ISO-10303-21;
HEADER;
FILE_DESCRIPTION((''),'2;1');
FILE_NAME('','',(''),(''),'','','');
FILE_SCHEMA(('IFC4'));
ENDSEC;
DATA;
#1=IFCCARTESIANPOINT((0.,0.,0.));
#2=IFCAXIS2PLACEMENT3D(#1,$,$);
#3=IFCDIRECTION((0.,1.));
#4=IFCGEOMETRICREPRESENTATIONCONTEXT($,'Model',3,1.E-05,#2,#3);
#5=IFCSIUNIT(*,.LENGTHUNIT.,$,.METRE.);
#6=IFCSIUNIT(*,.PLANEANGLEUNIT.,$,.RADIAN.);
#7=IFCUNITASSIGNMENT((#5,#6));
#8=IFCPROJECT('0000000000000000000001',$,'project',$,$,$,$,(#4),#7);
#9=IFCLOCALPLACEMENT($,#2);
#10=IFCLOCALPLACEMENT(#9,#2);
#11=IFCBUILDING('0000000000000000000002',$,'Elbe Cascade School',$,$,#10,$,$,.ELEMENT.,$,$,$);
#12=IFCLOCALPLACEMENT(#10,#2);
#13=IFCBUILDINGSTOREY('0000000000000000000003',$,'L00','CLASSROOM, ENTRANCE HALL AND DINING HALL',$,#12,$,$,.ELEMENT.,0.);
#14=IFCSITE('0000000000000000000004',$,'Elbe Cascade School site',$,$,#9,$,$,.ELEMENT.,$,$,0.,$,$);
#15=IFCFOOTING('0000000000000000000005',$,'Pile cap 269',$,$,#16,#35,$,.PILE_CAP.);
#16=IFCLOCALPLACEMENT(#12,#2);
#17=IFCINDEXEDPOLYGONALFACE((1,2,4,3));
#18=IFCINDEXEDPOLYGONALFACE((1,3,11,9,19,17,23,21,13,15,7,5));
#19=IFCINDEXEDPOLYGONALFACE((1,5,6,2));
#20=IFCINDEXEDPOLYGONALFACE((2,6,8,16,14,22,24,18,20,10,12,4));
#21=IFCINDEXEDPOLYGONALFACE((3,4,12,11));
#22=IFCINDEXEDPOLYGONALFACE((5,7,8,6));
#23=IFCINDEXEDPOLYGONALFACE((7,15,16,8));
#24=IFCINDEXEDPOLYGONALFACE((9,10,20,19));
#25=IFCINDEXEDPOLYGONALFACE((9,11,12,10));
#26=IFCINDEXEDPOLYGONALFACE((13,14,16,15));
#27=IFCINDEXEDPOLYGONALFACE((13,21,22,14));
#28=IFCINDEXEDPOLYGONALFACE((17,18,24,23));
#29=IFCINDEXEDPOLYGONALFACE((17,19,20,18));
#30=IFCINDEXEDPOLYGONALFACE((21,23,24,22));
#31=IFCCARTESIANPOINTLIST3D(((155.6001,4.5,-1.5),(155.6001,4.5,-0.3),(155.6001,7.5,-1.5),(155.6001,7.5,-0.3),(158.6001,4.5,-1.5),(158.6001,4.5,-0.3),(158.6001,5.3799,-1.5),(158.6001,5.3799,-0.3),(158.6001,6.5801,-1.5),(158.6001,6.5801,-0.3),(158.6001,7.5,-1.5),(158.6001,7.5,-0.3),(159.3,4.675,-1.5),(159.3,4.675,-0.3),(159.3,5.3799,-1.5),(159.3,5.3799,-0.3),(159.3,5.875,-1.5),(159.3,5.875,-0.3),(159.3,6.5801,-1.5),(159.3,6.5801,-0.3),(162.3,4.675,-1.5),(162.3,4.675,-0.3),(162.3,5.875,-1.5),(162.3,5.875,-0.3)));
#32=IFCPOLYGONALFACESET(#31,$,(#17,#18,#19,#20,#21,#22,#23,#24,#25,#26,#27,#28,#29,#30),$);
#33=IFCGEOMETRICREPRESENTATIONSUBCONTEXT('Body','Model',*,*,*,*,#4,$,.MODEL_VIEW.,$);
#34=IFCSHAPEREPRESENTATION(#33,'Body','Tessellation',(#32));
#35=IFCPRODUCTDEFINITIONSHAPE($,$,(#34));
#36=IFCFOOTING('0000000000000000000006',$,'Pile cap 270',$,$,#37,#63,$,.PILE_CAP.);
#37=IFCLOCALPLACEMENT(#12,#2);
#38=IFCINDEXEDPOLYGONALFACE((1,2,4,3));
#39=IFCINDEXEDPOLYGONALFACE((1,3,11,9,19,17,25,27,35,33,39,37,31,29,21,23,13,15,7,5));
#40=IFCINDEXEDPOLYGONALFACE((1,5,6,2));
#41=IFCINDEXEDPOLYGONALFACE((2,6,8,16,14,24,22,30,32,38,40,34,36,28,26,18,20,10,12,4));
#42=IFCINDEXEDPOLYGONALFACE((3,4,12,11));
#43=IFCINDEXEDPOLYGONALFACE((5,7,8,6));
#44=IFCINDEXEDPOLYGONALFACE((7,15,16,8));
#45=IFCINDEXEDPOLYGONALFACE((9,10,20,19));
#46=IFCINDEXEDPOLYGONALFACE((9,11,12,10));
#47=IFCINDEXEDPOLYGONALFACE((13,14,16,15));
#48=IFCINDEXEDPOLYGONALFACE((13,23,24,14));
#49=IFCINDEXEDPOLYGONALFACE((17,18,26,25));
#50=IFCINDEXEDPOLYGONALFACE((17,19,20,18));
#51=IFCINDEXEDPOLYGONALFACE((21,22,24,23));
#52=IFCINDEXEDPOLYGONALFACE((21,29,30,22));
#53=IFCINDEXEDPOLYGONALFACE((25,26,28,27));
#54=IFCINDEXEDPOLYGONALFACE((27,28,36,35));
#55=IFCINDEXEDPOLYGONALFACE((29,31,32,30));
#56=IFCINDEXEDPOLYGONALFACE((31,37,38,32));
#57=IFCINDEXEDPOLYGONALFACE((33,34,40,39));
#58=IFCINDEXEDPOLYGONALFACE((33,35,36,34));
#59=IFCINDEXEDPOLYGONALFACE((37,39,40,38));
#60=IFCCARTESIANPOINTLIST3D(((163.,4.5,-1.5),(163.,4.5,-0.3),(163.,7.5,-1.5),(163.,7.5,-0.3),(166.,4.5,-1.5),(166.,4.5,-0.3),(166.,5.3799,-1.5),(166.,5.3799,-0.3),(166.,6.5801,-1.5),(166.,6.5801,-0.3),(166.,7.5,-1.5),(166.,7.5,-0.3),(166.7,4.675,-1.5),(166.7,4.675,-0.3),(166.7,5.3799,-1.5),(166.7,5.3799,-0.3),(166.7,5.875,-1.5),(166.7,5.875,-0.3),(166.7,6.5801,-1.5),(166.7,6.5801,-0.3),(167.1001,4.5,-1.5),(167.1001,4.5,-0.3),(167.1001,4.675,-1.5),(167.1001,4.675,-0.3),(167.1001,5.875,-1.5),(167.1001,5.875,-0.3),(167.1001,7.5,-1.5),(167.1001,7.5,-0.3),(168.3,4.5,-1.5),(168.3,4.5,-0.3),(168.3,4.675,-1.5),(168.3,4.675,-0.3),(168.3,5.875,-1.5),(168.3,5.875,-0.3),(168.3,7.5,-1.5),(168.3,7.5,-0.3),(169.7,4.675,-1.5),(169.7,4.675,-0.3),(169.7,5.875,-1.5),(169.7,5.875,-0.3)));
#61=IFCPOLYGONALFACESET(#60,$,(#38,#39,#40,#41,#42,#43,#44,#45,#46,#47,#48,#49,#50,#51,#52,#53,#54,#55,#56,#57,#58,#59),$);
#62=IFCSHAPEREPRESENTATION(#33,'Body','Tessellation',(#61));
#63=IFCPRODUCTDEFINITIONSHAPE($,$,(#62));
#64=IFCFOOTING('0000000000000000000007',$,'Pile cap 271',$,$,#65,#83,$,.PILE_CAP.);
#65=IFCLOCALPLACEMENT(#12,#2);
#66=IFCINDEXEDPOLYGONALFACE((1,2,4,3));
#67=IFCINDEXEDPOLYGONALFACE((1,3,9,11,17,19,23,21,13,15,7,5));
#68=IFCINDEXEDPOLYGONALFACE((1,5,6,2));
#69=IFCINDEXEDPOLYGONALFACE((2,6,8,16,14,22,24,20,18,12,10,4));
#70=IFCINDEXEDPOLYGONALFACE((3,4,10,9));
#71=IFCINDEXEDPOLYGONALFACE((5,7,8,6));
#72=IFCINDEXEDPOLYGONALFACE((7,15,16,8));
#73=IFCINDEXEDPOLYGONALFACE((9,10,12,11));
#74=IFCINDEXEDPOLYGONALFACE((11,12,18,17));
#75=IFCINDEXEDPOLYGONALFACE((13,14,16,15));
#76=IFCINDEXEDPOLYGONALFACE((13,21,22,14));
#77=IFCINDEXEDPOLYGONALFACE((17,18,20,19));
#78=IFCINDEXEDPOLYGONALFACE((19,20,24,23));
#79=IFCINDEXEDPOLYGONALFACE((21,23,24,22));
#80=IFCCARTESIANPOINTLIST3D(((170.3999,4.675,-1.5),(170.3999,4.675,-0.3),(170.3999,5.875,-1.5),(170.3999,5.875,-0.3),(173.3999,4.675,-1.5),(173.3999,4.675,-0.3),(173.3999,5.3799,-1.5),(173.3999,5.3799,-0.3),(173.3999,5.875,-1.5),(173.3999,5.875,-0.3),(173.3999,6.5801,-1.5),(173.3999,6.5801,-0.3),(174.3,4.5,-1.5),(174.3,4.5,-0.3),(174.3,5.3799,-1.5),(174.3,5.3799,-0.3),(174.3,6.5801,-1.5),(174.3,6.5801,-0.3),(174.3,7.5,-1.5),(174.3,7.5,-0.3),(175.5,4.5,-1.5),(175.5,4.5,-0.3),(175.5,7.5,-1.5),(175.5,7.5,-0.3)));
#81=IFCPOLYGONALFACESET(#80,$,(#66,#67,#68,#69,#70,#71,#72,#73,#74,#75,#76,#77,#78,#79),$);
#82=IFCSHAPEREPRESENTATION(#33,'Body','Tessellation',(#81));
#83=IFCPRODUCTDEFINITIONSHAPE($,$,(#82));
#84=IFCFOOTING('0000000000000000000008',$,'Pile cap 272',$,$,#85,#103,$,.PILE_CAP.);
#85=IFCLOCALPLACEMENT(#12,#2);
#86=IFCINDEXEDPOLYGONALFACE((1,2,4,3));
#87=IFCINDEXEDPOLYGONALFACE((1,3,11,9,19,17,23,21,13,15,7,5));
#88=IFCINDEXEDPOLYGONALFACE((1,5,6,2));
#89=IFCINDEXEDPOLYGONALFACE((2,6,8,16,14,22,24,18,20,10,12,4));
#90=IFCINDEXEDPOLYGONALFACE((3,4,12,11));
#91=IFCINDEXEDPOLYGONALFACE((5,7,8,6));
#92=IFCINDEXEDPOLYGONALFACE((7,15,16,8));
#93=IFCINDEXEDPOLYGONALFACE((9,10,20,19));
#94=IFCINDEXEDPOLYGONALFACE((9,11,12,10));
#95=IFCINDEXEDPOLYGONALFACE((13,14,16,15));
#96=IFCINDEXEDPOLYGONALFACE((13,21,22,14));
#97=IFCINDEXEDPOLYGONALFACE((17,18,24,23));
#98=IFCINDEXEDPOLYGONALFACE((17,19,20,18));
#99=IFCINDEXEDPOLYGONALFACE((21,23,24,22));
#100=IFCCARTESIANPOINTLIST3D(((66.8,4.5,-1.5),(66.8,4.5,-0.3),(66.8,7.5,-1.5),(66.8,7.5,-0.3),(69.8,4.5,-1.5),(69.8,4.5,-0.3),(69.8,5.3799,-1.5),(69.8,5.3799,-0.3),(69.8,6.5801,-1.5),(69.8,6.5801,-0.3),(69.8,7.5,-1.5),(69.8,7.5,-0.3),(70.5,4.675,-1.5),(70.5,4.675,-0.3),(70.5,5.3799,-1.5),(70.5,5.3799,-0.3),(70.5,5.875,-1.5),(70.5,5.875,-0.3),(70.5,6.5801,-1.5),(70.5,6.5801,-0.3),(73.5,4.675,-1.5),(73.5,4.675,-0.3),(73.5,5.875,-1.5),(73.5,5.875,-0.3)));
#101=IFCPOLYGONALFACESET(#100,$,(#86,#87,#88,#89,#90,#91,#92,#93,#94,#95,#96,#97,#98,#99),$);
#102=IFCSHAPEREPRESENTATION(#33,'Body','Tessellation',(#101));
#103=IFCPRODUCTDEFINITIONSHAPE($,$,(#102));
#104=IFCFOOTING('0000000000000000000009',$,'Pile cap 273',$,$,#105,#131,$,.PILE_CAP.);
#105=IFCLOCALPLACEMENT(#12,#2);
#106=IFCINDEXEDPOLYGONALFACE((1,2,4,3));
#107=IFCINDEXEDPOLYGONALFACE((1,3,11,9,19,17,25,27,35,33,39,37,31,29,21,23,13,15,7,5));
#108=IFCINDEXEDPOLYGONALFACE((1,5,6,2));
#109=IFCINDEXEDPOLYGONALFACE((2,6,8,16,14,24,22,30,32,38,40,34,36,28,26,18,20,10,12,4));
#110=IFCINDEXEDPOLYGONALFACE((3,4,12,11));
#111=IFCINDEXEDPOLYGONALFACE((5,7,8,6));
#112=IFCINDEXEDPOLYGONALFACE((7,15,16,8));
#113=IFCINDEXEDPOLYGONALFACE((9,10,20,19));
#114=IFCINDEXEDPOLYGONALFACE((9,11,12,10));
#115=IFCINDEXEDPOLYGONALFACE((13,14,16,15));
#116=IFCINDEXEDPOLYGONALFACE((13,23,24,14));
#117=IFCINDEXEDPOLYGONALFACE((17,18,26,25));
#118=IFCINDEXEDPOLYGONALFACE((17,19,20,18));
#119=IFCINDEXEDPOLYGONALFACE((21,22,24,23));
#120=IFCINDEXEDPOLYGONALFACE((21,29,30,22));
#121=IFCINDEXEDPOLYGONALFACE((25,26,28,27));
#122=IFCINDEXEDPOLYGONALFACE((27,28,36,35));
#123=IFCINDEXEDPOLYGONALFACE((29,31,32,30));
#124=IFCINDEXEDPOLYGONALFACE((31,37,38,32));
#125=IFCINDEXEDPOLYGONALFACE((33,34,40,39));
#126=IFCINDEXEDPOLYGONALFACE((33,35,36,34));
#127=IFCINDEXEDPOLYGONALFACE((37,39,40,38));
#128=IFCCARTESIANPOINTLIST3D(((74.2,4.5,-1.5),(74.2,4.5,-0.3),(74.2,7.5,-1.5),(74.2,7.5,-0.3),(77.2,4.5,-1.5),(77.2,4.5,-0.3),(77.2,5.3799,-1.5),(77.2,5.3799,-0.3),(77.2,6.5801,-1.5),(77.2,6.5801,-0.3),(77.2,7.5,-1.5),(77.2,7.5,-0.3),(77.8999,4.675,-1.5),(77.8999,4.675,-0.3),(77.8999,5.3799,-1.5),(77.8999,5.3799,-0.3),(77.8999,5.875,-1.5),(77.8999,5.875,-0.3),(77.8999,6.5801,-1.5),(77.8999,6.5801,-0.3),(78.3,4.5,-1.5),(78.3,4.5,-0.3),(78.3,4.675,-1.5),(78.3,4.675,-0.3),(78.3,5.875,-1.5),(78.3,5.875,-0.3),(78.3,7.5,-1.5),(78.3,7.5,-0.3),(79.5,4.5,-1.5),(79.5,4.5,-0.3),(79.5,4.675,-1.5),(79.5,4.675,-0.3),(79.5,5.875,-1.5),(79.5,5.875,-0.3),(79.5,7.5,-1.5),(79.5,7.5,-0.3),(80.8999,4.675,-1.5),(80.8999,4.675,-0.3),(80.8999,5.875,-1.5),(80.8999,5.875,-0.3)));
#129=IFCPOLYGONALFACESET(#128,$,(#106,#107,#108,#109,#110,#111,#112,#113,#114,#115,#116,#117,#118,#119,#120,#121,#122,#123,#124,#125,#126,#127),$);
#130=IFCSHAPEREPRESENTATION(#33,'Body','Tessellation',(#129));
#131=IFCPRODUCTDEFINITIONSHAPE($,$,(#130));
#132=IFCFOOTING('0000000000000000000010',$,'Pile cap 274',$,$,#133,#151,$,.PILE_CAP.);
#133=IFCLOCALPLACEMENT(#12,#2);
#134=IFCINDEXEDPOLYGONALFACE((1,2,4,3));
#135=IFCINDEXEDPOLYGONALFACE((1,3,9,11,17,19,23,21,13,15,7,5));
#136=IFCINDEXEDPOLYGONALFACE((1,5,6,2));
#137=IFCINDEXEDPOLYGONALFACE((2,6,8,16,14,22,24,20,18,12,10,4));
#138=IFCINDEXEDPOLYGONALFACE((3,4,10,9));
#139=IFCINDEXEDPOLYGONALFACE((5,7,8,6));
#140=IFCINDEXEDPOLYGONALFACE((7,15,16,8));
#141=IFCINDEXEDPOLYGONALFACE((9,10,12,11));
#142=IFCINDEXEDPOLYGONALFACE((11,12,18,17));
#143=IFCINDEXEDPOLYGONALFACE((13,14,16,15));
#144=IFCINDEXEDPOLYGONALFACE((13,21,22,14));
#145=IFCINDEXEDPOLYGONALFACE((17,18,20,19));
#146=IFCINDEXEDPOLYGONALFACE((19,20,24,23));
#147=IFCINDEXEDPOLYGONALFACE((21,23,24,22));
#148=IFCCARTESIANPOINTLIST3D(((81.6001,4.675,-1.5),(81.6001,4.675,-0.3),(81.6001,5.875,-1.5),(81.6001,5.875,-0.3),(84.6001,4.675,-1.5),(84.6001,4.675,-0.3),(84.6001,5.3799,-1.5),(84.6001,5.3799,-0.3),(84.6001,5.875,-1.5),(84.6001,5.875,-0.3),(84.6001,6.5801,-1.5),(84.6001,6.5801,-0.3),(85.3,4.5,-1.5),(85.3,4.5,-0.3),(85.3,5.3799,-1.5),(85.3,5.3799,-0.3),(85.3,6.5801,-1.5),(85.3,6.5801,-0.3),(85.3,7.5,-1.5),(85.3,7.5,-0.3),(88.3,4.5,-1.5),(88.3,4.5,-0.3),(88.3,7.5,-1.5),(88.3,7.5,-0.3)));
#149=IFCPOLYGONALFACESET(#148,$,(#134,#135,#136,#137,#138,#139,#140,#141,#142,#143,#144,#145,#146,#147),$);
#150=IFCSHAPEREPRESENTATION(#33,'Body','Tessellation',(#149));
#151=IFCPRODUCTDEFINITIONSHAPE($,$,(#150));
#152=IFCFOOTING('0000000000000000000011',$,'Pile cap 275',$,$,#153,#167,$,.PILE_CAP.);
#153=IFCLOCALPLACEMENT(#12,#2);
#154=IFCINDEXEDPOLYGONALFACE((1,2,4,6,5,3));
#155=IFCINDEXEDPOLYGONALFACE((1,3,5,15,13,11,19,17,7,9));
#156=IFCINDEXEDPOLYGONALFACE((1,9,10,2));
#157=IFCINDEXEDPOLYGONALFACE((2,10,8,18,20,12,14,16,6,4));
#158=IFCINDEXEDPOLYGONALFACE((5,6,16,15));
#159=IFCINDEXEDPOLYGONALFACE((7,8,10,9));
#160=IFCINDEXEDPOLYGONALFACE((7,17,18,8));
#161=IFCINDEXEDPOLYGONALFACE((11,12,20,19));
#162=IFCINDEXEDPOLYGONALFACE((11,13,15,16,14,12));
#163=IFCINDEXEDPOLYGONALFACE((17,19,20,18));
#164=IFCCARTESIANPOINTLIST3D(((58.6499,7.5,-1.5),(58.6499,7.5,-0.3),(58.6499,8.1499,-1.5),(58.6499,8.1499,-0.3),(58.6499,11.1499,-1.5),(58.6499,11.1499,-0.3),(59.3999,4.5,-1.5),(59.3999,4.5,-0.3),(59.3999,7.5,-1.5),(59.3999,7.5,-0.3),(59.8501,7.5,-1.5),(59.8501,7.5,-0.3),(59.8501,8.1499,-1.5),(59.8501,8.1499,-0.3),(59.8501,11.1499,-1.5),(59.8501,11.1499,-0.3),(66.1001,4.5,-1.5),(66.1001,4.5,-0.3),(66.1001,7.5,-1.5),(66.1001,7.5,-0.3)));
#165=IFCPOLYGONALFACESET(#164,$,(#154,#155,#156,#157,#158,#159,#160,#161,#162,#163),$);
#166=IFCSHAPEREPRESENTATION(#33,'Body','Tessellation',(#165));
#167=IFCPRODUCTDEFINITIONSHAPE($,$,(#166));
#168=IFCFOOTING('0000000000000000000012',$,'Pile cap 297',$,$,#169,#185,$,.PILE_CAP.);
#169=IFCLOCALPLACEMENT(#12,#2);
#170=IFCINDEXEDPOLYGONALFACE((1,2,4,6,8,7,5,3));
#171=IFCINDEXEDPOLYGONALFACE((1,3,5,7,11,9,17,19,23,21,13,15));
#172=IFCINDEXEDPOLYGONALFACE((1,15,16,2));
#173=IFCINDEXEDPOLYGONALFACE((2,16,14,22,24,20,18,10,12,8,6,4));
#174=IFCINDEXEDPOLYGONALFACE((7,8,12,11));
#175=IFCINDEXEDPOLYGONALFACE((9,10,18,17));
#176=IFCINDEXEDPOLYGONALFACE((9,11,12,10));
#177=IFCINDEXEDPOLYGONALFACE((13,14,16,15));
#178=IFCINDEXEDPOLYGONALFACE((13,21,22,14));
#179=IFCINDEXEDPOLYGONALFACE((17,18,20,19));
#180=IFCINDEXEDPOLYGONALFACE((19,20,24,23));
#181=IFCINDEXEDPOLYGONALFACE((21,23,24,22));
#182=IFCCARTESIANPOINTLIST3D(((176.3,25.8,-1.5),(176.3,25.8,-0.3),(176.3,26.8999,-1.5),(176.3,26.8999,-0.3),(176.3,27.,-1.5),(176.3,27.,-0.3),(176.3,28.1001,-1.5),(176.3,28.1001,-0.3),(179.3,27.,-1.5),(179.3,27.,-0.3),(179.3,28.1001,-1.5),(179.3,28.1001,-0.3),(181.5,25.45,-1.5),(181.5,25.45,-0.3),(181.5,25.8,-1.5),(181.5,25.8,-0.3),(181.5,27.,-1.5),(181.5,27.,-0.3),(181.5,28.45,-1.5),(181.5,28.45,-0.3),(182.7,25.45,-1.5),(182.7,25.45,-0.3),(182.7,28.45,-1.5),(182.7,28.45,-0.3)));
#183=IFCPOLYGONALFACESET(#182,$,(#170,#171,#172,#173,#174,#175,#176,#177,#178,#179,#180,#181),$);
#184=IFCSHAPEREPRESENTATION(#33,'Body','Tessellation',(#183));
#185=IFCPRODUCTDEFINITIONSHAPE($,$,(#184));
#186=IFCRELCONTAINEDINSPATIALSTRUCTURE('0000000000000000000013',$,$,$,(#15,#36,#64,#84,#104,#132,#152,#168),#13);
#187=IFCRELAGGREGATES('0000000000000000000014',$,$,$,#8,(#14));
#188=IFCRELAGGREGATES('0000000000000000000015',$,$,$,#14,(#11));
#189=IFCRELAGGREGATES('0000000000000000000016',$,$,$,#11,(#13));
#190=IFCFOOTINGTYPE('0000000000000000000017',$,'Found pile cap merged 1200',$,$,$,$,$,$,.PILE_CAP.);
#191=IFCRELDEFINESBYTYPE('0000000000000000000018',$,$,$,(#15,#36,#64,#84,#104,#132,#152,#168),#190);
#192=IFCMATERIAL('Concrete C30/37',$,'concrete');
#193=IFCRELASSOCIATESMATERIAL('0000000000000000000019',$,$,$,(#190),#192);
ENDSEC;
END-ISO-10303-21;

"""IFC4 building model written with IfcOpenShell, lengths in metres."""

from ifc_helpers import new_model, si_unit, direction, frame, origin, place, context, subcontext, project, spatial, polyline, outline, extrude, material, type_object, element, save


model = new_model("IFC4")

# Units and contexts
model_context = context("Model", 3, precision=1e-05, world=origin(), true_north=direction((0.0, 1.0)))
body_context = subcontext(model_context, "Body", "Model", "MODEL_VIEW")
ifc_project = project(units=[si_unit("LENGTHUNIT", "METRE"), si_unit("PLANEANGLEUNIT", "RADIAN")], contexts=[model_context])

# Site, building, storey
site_placement = place(None, origin())
site = spatial("IfcSite", under=ifc_project, at=site_placement, Name="Elbe Cascade School site", CompositionType="ELEMENT", RefElevation=0.0)
building_placement = place(site_placement, origin())
building = spatial("IfcBuilding", under=site, at=building_placement, Name="Elbe Cascade School", CompositionType="ELEMENT")
storey_placement = place(building_placement, origin())
storey = spatial("IfcBuildingStorey", under=building, at=storey_placement, Name="L00", Description="CLASSROOM, ENTRANCE HALL AND DINING HALL", CompositionType="ELEMENT", Elevation=0.0)

# Footings
ifc_material_1 = material(Name="Concrete C30/37", Category="concrete")
footing_type_1 = type_object("IfcFootingType", Name="Found pile cap merged 1200", PredefinedType="PILE_CAP", material=ifc_material_1)
footing_1_placement = place(storey_placement, frame((0.0, 0.0, -1.5)))
element("IfcFooting", 1, at=footing_1_placement, inside=storey, type_object=footing_type_1, Name="Pile cap 269", PredefinedType="PILE_CAP", context=body_context, shape_type="SweptSolid", body=[
    extrude(outline(polyline([(162.3, 5.875), (162.3, 4.675), (159.3, 4.675), (159.3, 5.3799), (158.6001, 5.3799), (158.6001, 4.5), (155.6001, 4.5), (155.6001, 7.5), (158.6001, 7.5), (158.6001, 6.5801), (159.3, 6.5801), (159.3, 5.875), (162.3, 5.875)])), origin(), (0.0, 0.0, 1.0), 1.2),
])
footing_2_placement = place(storey_placement, frame((0.0, 0.0, -1.5)))
element("IfcFooting", 2, at=footing_2_placement, inside=storey, type_object=footing_type_1, Name="Pile cap 270", PredefinedType="PILE_CAP", context=body_context, shape_type="SweptSolid", body=[
    extrude(outline(polyline([(166.7, 5.875), (167.1001, 5.875), (167.1001, 7.5), (168.3, 7.5), (168.3, 5.875), (169.7, 5.875), (169.7, 4.675), (168.3, 4.675), (168.3, 4.5), (167.1001, 4.5), (167.1001, 4.675), (166.7, 4.675), (166.7, 5.3799), (166.0, 5.3799), (166.0, 4.5), (163.0, 4.5), (163.0, 7.5), (166.0, 7.5), (166.0, 6.5801), (166.7, 6.5801), (166.7, 5.875)])), origin(), (0.0, 0.0, 1.0), 1.2),
])
footing_3_placement = place(storey_placement, frame((0.0, 0.0, -1.5)))
element("IfcFooting", 3, at=footing_3_placement, inside=storey, type_object=footing_type_1, Name="Pile cap 271", PredefinedType="PILE_CAP", context=body_context, shape_type="SweptSolid", body=[
    extrude(outline(polyline([(173.3999, 4.675), (170.3999, 4.675), (170.3999, 5.875), (173.3999, 5.875), (173.3999, 6.5801), (174.3, 6.5801), (174.3, 7.5), (175.5, 7.5), (175.5, 4.5), (174.3, 4.5), (174.3, 5.3799), (173.3999, 5.3799), (173.3999, 4.675)])), origin(), (0.0, 0.0, 1.0), 1.2),
])
footing_4_placement = place(storey_placement, frame((0.0, 0.0, -1.5)))
element("IfcFooting", 4, at=footing_4_placement, inside=storey, type_object=footing_type_1, Name="Pile cap 272", PredefinedType="PILE_CAP", context=body_context, shape_type="SweptSolid", body=[
    extrude(outline(polyline([(73.5, 5.875), (73.5, 4.675), (70.5, 4.675), (70.5, 5.3799), (69.8, 5.3799), (69.8, 4.5), (66.8, 4.5), (66.8, 7.5), (69.8, 7.5), (69.8, 6.5801), (70.5, 6.5801), (70.5, 5.875), (73.5, 5.875)])), origin(), (0.0, 0.0, 1.0), 1.2),
])
footing_5_placement = place(storey_placement, frame((0.0, 0.0, -1.5)))
element("IfcFooting", 5, at=footing_5_placement, inside=storey, type_object=footing_type_1, Name="Pile cap 273", PredefinedType="PILE_CAP", context=body_context, shape_type="SweptSolid", body=[
    extrude(outline(polyline([(77.8999, 5.875), (78.3, 5.875), (78.3, 7.5), (79.5, 7.5), (79.5, 5.875), (80.8999, 5.875), (80.8999, 4.675), (79.5, 4.675), (79.5, 4.5), (78.3, 4.5), (78.3, 4.675), (77.8999, 4.675), (77.8999, 5.3799), (77.2, 5.3799), (77.2, 4.5), (74.2, 4.5), (74.2, 7.5), (77.2, 7.5), (77.2, 6.5801), (77.8999, 6.5801), (77.8999, 5.875)])), origin(), (0.0, 0.0, 1.0), 1.2),
])
footing_6_placement = place(storey_placement, frame((0.0, 0.0, -1.5)))
element("IfcFooting", 6, at=footing_6_placement, inside=storey, type_object=footing_type_1, Name="Pile cap 274", PredefinedType="PILE_CAP", context=body_context, shape_type="SweptSolid", body=[
    extrude(outline(polyline([(84.6001, 4.675), (81.6001, 4.675), (81.6001, 5.875), (84.6001, 5.875), (84.6001, 6.5801), (85.3, 6.5801), (85.3, 7.5), (88.3, 7.5), (88.3, 4.5), (85.3, 4.5), (85.3, 5.3799), (84.6001, 5.3799), (84.6001, 4.675)])), origin(), (0.0, 0.0, 1.0), 1.2),
])
footing_7_placement = place(storey_placement, frame((0.0, 0.0, -1.5)))
element("IfcFooting", 7, at=footing_7_placement, inside=storey, type_object=footing_type_1, Name="Pile cap 275", PredefinedType="PILE_CAP", context=body_context, shape_type="SweptSolid", body=[
    extrude(outline(polyline([(66.1001, 7.5), (66.1001, 4.5), (59.3999, 4.5), (59.3999, 7.5), (58.6499, 7.5), (58.6499, 8.1499), (58.6499, 11.1499), (59.8501, 11.1499), (59.8501, 8.1499), (59.8501, 7.5), (66.1001, 7.5)])), origin(), (0.0, 0.0, 1.0), 1.2),
])
footing_8_placement = place(storey_placement, frame((0.0, 0.0, -1.5)))
element("IfcFooting", 8, at=footing_8_placement, inside=storey, type_object=footing_type_1, Name="Pile cap 297", PredefinedType="PILE_CAP", context=body_context, shape_type="SweptSolid", body=[
    extrude(outline(polyline([(176.3, 25.8), (176.3, 26.8999), (176.3, 27.0), (176.3, 28.1001), (179.3, 28.1001), (179.3, 27.0), (181.5, 27.0), (181.5, 28.45), (182.7, 28.45), (182.7, 25.45), (181.5, 25.45), (181.5, 25.8), (176.3, 25.8)])), origin(), (0.0, 0.0, 1.0), 1.2),
])

save(model, "model.ifc")
